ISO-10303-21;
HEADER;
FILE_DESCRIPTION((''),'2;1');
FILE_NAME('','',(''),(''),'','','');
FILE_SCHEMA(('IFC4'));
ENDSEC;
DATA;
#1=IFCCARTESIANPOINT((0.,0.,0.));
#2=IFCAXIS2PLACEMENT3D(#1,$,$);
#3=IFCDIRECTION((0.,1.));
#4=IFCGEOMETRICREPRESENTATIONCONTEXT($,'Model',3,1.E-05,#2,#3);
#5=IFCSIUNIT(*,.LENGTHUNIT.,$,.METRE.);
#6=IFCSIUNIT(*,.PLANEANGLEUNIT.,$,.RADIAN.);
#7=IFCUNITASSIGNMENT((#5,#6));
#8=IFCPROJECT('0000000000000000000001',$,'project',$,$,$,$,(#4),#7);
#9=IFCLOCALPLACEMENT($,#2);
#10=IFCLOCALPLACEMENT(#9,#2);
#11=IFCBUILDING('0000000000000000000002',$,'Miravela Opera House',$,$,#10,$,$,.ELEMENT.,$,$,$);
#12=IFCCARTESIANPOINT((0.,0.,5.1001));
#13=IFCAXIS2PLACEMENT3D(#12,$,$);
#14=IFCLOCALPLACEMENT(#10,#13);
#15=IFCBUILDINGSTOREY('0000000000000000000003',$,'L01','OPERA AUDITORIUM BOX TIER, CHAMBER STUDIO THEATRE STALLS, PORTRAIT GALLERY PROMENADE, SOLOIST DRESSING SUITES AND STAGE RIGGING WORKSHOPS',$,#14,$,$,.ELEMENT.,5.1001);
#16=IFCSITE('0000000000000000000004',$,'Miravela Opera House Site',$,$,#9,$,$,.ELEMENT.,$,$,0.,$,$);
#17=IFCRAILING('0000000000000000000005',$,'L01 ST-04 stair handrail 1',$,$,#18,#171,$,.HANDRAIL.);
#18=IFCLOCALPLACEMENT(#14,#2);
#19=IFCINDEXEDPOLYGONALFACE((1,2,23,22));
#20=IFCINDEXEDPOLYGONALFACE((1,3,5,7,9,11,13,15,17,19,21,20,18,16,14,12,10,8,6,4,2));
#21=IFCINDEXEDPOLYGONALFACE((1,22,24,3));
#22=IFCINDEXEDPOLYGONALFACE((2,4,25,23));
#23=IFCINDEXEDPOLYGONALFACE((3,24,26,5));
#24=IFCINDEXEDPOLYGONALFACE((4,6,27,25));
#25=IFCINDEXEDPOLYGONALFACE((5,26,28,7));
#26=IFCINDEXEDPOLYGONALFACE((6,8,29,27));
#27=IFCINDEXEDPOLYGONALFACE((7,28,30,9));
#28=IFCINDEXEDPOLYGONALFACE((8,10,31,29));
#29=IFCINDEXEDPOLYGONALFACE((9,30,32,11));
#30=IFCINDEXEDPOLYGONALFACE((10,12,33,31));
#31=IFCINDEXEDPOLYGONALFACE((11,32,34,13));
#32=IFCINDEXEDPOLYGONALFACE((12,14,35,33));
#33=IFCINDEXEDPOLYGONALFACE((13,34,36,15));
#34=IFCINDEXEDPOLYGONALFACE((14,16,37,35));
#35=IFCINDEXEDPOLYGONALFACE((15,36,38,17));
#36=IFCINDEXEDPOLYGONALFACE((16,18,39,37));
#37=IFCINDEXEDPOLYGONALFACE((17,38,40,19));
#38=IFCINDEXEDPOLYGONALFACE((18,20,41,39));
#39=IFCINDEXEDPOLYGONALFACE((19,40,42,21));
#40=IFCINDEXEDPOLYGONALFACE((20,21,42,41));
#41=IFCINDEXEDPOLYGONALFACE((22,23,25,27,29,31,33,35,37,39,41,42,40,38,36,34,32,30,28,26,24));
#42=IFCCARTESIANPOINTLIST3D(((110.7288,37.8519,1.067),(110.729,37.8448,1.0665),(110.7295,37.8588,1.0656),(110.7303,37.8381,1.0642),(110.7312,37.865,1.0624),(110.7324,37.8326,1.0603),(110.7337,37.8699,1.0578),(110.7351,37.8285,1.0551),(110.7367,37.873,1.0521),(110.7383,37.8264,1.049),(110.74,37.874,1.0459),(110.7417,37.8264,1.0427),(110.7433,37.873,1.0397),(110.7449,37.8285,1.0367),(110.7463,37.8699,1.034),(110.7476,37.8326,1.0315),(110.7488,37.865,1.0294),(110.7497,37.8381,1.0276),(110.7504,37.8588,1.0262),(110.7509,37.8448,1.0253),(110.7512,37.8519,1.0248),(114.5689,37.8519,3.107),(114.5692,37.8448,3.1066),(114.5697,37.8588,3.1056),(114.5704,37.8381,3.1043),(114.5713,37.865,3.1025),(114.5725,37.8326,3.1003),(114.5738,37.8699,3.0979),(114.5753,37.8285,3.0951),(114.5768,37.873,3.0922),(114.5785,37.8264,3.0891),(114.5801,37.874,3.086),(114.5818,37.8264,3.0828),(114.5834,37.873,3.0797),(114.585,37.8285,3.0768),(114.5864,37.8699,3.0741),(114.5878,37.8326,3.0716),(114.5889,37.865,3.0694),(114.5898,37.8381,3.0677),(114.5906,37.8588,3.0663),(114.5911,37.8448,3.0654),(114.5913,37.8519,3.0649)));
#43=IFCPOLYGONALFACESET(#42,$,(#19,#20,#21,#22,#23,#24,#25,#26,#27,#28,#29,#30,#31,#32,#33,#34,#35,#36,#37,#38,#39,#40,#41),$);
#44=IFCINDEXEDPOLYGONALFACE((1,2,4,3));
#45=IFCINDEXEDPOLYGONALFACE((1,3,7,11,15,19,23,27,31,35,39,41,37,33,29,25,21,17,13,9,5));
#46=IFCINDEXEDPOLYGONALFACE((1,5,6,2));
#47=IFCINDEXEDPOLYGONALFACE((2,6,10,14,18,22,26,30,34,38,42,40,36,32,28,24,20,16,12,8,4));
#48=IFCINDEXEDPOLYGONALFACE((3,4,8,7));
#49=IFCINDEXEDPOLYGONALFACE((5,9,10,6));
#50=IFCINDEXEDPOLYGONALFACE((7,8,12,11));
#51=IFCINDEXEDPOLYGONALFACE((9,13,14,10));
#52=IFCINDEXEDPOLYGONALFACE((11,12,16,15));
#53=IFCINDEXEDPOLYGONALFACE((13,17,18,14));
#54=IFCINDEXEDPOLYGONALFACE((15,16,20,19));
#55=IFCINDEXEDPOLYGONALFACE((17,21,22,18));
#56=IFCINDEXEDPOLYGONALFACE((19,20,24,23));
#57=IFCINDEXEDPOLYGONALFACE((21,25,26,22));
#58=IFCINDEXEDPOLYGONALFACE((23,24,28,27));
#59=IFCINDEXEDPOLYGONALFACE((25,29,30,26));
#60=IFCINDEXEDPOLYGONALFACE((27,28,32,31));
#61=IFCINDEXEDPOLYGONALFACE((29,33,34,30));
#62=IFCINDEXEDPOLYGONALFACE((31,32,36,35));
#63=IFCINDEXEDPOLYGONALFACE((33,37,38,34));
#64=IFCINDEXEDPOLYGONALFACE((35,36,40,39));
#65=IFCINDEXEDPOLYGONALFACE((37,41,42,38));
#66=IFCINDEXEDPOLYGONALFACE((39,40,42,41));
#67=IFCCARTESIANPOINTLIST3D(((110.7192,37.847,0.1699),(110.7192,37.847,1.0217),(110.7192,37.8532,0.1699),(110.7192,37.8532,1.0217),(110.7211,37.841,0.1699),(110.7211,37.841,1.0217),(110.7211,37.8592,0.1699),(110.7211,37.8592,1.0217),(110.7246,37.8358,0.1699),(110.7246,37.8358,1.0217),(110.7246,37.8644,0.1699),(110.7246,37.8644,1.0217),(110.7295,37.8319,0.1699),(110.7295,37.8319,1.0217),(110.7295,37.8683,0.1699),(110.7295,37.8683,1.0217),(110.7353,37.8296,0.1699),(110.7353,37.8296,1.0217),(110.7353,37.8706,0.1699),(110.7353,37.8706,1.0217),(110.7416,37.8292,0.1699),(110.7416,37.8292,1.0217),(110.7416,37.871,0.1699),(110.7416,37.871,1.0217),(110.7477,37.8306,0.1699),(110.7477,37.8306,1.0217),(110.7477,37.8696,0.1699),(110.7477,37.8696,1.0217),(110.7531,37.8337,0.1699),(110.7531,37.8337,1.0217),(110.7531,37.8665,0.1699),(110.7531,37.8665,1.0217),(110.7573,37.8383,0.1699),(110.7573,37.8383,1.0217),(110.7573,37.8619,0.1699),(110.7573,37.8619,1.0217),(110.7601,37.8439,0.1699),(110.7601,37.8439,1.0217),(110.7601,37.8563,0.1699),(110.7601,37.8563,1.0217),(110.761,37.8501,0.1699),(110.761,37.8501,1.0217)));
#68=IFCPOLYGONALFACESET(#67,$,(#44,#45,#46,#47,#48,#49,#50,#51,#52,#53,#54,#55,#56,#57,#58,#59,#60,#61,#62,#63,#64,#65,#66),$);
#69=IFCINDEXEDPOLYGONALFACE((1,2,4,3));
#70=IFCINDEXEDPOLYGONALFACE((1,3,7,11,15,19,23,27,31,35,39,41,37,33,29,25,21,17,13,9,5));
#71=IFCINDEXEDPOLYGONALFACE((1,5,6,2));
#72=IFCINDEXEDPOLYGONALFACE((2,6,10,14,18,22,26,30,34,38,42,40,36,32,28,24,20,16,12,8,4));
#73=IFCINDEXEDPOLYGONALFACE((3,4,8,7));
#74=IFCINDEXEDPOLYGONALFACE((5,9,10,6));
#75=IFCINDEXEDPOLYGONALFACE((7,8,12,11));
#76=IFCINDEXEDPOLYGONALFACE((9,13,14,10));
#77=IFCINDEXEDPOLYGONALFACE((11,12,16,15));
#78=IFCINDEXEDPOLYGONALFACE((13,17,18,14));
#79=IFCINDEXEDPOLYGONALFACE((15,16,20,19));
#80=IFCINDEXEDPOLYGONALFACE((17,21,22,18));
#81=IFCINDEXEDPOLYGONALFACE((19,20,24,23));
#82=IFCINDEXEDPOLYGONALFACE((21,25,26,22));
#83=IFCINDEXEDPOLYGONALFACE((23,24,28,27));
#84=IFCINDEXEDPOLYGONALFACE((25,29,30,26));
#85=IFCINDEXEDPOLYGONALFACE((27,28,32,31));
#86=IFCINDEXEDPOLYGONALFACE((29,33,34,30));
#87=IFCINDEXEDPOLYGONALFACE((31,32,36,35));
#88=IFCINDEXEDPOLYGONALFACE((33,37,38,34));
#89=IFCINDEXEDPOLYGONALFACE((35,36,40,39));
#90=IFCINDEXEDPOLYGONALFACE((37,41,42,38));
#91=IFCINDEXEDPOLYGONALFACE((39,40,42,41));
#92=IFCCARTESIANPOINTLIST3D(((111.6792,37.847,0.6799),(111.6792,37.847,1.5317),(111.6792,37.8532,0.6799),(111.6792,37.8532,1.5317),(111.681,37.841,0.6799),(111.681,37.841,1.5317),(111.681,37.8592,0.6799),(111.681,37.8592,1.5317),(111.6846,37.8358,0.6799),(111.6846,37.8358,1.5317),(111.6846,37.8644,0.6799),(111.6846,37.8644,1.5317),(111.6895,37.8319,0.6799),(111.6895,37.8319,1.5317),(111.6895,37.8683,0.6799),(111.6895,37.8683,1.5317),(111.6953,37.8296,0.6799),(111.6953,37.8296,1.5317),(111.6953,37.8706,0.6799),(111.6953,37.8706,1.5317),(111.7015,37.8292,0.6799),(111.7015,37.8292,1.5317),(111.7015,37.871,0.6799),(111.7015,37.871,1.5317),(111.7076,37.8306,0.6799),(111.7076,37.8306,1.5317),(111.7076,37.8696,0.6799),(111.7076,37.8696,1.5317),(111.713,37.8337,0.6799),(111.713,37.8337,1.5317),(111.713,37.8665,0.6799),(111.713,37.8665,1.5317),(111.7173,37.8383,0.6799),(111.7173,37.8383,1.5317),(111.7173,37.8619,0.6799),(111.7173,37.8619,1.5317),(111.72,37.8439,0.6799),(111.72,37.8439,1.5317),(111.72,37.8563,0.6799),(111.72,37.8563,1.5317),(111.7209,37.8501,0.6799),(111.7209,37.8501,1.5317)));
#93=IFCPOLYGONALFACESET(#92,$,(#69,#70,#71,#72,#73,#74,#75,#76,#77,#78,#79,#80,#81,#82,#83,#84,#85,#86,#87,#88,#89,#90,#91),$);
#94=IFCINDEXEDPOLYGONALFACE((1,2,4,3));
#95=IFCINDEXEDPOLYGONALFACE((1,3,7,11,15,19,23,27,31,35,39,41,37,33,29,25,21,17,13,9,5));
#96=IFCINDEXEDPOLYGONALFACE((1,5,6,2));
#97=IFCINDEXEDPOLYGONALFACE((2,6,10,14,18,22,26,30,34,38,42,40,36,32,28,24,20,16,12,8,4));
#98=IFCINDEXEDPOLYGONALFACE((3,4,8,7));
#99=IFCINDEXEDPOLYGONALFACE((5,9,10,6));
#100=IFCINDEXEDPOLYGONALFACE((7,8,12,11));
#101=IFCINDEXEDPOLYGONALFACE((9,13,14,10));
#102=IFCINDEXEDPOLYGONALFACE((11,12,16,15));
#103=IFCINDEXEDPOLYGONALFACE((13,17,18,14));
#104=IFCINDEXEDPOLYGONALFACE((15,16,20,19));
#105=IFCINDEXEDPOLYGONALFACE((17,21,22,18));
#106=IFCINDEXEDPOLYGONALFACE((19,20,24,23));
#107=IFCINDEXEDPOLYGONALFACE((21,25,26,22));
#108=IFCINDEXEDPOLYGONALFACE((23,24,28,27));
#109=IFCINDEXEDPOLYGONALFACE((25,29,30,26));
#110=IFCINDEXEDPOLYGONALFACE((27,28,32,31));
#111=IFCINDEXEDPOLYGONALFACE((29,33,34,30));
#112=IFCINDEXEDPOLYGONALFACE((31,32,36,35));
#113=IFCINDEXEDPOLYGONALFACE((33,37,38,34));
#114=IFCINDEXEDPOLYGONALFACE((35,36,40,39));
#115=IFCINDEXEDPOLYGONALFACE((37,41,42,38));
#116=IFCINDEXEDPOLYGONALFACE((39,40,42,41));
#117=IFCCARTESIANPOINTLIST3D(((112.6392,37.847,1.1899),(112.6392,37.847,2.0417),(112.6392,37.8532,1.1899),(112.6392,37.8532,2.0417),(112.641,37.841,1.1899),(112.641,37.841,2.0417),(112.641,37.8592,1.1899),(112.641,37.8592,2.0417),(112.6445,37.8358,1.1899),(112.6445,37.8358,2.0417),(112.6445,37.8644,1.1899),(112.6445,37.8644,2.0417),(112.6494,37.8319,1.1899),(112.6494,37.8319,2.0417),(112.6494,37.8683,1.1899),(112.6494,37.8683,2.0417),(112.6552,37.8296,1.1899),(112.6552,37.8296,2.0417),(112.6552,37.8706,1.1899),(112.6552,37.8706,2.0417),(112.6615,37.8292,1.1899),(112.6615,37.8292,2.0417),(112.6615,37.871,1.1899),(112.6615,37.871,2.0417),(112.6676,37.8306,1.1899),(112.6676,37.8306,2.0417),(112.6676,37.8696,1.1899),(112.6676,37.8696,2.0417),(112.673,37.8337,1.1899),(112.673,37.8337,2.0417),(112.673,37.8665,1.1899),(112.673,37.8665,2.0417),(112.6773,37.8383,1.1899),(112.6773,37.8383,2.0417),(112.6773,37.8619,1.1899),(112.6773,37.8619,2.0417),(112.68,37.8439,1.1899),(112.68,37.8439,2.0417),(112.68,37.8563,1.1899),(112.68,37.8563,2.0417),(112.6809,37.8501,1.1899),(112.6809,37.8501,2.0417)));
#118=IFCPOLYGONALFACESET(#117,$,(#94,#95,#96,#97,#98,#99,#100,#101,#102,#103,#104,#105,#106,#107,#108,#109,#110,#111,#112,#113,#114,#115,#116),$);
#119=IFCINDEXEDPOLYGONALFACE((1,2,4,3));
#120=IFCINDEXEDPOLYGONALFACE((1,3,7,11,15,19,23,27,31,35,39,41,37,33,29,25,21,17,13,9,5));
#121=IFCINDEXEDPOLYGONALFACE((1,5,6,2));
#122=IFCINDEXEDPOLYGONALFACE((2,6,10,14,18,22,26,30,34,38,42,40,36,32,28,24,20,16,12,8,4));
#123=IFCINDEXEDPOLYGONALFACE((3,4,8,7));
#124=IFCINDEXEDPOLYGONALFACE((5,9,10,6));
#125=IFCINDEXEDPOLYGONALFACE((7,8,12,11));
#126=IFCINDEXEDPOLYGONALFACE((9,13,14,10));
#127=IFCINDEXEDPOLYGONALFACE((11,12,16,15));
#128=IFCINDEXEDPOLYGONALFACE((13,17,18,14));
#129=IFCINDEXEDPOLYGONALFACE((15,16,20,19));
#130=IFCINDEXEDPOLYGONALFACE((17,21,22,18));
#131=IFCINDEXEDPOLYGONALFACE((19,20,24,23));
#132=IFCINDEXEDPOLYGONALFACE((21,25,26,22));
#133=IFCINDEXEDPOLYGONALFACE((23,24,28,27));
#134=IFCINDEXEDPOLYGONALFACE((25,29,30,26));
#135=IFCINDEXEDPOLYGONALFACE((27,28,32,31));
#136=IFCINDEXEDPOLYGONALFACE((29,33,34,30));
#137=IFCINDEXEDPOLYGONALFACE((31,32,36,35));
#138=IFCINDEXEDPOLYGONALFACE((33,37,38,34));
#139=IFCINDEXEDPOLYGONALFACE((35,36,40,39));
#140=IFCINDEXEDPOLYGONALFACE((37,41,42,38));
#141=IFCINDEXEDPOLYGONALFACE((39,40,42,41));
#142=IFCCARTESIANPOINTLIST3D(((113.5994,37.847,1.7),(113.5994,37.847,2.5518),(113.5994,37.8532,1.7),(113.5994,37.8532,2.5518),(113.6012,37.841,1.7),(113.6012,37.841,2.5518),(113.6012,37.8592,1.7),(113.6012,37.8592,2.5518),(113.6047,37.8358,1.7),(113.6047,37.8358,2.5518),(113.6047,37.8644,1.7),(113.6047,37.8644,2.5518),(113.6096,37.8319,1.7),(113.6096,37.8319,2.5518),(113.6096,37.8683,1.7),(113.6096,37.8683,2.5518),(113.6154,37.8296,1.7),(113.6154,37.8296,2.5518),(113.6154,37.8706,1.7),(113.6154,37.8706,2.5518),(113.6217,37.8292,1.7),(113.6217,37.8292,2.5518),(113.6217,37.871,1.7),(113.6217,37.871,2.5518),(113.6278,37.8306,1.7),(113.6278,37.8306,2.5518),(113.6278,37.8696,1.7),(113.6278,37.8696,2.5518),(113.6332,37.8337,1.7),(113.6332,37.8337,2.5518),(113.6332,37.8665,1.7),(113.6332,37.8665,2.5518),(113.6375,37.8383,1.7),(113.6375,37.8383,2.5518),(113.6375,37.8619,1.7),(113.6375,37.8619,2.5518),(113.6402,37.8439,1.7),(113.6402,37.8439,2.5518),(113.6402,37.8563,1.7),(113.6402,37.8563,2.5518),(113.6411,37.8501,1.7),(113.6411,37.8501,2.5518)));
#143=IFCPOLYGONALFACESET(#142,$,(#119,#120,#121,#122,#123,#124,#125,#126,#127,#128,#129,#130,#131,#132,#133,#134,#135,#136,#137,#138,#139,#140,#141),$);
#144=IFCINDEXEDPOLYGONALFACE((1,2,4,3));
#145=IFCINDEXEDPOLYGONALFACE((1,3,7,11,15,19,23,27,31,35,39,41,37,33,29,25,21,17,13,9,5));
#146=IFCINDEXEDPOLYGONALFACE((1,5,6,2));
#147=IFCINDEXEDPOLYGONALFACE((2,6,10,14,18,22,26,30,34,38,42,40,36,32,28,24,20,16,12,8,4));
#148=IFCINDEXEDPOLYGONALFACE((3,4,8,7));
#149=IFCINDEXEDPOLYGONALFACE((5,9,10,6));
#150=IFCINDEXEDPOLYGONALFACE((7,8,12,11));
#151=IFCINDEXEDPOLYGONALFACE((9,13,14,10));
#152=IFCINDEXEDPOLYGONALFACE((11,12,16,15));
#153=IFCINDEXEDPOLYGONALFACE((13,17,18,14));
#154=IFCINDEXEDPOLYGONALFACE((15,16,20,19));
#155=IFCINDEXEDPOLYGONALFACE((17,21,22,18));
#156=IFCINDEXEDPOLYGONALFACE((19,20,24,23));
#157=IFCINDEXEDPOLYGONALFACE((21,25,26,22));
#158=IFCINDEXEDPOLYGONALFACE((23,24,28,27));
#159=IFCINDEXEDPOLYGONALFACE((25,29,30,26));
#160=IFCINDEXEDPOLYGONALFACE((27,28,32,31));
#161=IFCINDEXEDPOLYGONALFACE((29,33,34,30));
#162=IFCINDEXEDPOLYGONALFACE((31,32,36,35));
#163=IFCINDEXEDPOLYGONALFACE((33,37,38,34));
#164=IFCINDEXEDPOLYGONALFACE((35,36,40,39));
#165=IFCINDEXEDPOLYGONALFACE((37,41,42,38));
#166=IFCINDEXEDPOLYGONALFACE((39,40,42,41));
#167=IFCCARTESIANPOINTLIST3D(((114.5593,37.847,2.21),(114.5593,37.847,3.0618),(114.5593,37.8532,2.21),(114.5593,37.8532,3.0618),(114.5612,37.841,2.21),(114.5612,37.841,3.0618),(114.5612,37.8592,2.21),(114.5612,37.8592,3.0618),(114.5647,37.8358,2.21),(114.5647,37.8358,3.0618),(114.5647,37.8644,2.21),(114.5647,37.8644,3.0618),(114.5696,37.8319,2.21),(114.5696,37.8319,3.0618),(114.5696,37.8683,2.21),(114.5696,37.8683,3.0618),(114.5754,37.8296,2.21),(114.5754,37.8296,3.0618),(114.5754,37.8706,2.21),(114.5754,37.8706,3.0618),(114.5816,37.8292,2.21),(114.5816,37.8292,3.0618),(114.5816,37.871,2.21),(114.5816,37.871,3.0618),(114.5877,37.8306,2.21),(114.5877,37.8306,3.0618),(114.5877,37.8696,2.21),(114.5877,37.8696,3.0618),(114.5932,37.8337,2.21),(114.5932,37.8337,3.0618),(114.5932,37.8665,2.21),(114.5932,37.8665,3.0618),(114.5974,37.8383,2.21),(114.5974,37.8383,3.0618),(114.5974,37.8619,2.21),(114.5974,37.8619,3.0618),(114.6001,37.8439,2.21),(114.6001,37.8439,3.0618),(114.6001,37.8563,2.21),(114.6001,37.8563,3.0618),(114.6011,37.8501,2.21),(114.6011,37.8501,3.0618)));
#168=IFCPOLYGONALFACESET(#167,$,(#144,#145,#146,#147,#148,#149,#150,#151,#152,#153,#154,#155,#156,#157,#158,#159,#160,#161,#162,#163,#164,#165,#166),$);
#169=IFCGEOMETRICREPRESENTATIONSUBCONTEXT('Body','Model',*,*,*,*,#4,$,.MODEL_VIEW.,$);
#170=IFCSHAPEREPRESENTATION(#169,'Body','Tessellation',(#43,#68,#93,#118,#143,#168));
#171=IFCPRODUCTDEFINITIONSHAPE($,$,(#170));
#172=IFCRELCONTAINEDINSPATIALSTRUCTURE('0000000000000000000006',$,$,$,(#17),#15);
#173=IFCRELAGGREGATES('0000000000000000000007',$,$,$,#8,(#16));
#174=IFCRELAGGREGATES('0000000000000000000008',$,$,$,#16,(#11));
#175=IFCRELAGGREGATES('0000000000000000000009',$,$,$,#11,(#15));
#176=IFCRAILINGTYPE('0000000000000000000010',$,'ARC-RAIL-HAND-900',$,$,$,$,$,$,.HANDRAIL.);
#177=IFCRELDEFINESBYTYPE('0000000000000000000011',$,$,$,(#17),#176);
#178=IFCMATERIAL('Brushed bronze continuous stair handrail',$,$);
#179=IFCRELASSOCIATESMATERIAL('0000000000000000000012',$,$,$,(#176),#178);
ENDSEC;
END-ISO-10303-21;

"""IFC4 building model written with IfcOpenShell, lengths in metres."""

from ifc_helpers import new_model, si_unit, direction, frame, origin, origin_2d, place, context, subcontext, project, spatial, circle, extrude, material, type_object, element, save


model = new_model("IFC4")

# Units and contexts
model_context = context("Model", 3, precision=1e-05, world=origin(), true_north=direction((0.0, 1.0)))
body_context = subcontext(model_context, "Body", "Model", "MODEL_VIEW")
ifc_project = project(units=[si_unit("LENGTHUNIT", "METRE"), si_unit("PLANEANGLEUNIT", "RADIAN")], contexts=[model_context])

# Site, building, storey
site_placement = place(None, origin())
site = spatial("IfcSite", under=ifc_project, at=site_placement, Name="Miravela Opera House Site", CompositionType="ELEMENT", RefElevation=0.0)
building_placement = place(site_placement, origin())
building = spatial("IfcBuilding", under=site, at=building_placement, Name="Miravela Opera House", CompositionType="ELEMENT")
storey_placement = place(building_placement, frame((0.0, 0.0, 5.1001)))
storey = spatial("IfcBuildingStorey", under=building, at=storey_placement, Name="L01", Description="OPERA AUDITORIUM BOX TIER, CHAMBER STUDIO THEATRE STALLS, PORTRAIT GALLERY PROMENADE, SOLOIST DRESSING SUITES AND STAGE RIGGING WORKSHOPS", CompositionType="ELEMENT", Elevation=5.1001)

# Railing
ifc_material_1 = material(Name="Brushed bronze continuous stair handrail")
railing_type_1 = type_object("IfcRailingType", Name="ARC-RAIL-HAND-900", PredefinedType="HANDRAIL", material=ifc_material_1)
railing_1_placement = place(storey_placement, frame((110.74, 37.8501, 0.1699)))
element("IfcRailing", 1, at=railing_1_placement, inside=storey, type_object=railing_type_1, Name="L01 ST-04 stair handrail 1", PredefinedType="HANDRAIL", context=body_context, shape_type="SweptSolid", body=[
    extrude(circle(Radius=0.0239, at=origin_2d()), frame((0.0, 0.0, 0.876), z_axis=(0.883116, 0.0, 0.469154), x_axis=(0.0, 1.0, 0.0)), (0.0, 0.0, 1.0), 4.3484),
    extrude(circle(Radius=0.021, at=origin_2d()), origin(), (0.0, 0.0, 1.0), 0.8518),
    extrude(circle(Radius=0.021, at=origin_2d()), frame((0.96, 0.0, 0.51)), (0.0, 0.0, 1.0), 0.8518),
    extrude(circle(Radius=0.021, at=origin_2d()), frame((1.9199, 0.0, 1.02)), (0.0, 0.0, 1.0), 0.8518),
    extrude(circle(Radius=0.021, at=origin_2d()), frame((2.8801, 0.0, 1.53)), (0.0, 0.0, 1.0), 0.8518),
    extrude(circle(Radius=0.021, at=origin_2d()), frame((3.8401, 0.0, 2.04)), (0.0, 0.0, 1.0), 0.8518),
])

save(model, "model.ifc")
